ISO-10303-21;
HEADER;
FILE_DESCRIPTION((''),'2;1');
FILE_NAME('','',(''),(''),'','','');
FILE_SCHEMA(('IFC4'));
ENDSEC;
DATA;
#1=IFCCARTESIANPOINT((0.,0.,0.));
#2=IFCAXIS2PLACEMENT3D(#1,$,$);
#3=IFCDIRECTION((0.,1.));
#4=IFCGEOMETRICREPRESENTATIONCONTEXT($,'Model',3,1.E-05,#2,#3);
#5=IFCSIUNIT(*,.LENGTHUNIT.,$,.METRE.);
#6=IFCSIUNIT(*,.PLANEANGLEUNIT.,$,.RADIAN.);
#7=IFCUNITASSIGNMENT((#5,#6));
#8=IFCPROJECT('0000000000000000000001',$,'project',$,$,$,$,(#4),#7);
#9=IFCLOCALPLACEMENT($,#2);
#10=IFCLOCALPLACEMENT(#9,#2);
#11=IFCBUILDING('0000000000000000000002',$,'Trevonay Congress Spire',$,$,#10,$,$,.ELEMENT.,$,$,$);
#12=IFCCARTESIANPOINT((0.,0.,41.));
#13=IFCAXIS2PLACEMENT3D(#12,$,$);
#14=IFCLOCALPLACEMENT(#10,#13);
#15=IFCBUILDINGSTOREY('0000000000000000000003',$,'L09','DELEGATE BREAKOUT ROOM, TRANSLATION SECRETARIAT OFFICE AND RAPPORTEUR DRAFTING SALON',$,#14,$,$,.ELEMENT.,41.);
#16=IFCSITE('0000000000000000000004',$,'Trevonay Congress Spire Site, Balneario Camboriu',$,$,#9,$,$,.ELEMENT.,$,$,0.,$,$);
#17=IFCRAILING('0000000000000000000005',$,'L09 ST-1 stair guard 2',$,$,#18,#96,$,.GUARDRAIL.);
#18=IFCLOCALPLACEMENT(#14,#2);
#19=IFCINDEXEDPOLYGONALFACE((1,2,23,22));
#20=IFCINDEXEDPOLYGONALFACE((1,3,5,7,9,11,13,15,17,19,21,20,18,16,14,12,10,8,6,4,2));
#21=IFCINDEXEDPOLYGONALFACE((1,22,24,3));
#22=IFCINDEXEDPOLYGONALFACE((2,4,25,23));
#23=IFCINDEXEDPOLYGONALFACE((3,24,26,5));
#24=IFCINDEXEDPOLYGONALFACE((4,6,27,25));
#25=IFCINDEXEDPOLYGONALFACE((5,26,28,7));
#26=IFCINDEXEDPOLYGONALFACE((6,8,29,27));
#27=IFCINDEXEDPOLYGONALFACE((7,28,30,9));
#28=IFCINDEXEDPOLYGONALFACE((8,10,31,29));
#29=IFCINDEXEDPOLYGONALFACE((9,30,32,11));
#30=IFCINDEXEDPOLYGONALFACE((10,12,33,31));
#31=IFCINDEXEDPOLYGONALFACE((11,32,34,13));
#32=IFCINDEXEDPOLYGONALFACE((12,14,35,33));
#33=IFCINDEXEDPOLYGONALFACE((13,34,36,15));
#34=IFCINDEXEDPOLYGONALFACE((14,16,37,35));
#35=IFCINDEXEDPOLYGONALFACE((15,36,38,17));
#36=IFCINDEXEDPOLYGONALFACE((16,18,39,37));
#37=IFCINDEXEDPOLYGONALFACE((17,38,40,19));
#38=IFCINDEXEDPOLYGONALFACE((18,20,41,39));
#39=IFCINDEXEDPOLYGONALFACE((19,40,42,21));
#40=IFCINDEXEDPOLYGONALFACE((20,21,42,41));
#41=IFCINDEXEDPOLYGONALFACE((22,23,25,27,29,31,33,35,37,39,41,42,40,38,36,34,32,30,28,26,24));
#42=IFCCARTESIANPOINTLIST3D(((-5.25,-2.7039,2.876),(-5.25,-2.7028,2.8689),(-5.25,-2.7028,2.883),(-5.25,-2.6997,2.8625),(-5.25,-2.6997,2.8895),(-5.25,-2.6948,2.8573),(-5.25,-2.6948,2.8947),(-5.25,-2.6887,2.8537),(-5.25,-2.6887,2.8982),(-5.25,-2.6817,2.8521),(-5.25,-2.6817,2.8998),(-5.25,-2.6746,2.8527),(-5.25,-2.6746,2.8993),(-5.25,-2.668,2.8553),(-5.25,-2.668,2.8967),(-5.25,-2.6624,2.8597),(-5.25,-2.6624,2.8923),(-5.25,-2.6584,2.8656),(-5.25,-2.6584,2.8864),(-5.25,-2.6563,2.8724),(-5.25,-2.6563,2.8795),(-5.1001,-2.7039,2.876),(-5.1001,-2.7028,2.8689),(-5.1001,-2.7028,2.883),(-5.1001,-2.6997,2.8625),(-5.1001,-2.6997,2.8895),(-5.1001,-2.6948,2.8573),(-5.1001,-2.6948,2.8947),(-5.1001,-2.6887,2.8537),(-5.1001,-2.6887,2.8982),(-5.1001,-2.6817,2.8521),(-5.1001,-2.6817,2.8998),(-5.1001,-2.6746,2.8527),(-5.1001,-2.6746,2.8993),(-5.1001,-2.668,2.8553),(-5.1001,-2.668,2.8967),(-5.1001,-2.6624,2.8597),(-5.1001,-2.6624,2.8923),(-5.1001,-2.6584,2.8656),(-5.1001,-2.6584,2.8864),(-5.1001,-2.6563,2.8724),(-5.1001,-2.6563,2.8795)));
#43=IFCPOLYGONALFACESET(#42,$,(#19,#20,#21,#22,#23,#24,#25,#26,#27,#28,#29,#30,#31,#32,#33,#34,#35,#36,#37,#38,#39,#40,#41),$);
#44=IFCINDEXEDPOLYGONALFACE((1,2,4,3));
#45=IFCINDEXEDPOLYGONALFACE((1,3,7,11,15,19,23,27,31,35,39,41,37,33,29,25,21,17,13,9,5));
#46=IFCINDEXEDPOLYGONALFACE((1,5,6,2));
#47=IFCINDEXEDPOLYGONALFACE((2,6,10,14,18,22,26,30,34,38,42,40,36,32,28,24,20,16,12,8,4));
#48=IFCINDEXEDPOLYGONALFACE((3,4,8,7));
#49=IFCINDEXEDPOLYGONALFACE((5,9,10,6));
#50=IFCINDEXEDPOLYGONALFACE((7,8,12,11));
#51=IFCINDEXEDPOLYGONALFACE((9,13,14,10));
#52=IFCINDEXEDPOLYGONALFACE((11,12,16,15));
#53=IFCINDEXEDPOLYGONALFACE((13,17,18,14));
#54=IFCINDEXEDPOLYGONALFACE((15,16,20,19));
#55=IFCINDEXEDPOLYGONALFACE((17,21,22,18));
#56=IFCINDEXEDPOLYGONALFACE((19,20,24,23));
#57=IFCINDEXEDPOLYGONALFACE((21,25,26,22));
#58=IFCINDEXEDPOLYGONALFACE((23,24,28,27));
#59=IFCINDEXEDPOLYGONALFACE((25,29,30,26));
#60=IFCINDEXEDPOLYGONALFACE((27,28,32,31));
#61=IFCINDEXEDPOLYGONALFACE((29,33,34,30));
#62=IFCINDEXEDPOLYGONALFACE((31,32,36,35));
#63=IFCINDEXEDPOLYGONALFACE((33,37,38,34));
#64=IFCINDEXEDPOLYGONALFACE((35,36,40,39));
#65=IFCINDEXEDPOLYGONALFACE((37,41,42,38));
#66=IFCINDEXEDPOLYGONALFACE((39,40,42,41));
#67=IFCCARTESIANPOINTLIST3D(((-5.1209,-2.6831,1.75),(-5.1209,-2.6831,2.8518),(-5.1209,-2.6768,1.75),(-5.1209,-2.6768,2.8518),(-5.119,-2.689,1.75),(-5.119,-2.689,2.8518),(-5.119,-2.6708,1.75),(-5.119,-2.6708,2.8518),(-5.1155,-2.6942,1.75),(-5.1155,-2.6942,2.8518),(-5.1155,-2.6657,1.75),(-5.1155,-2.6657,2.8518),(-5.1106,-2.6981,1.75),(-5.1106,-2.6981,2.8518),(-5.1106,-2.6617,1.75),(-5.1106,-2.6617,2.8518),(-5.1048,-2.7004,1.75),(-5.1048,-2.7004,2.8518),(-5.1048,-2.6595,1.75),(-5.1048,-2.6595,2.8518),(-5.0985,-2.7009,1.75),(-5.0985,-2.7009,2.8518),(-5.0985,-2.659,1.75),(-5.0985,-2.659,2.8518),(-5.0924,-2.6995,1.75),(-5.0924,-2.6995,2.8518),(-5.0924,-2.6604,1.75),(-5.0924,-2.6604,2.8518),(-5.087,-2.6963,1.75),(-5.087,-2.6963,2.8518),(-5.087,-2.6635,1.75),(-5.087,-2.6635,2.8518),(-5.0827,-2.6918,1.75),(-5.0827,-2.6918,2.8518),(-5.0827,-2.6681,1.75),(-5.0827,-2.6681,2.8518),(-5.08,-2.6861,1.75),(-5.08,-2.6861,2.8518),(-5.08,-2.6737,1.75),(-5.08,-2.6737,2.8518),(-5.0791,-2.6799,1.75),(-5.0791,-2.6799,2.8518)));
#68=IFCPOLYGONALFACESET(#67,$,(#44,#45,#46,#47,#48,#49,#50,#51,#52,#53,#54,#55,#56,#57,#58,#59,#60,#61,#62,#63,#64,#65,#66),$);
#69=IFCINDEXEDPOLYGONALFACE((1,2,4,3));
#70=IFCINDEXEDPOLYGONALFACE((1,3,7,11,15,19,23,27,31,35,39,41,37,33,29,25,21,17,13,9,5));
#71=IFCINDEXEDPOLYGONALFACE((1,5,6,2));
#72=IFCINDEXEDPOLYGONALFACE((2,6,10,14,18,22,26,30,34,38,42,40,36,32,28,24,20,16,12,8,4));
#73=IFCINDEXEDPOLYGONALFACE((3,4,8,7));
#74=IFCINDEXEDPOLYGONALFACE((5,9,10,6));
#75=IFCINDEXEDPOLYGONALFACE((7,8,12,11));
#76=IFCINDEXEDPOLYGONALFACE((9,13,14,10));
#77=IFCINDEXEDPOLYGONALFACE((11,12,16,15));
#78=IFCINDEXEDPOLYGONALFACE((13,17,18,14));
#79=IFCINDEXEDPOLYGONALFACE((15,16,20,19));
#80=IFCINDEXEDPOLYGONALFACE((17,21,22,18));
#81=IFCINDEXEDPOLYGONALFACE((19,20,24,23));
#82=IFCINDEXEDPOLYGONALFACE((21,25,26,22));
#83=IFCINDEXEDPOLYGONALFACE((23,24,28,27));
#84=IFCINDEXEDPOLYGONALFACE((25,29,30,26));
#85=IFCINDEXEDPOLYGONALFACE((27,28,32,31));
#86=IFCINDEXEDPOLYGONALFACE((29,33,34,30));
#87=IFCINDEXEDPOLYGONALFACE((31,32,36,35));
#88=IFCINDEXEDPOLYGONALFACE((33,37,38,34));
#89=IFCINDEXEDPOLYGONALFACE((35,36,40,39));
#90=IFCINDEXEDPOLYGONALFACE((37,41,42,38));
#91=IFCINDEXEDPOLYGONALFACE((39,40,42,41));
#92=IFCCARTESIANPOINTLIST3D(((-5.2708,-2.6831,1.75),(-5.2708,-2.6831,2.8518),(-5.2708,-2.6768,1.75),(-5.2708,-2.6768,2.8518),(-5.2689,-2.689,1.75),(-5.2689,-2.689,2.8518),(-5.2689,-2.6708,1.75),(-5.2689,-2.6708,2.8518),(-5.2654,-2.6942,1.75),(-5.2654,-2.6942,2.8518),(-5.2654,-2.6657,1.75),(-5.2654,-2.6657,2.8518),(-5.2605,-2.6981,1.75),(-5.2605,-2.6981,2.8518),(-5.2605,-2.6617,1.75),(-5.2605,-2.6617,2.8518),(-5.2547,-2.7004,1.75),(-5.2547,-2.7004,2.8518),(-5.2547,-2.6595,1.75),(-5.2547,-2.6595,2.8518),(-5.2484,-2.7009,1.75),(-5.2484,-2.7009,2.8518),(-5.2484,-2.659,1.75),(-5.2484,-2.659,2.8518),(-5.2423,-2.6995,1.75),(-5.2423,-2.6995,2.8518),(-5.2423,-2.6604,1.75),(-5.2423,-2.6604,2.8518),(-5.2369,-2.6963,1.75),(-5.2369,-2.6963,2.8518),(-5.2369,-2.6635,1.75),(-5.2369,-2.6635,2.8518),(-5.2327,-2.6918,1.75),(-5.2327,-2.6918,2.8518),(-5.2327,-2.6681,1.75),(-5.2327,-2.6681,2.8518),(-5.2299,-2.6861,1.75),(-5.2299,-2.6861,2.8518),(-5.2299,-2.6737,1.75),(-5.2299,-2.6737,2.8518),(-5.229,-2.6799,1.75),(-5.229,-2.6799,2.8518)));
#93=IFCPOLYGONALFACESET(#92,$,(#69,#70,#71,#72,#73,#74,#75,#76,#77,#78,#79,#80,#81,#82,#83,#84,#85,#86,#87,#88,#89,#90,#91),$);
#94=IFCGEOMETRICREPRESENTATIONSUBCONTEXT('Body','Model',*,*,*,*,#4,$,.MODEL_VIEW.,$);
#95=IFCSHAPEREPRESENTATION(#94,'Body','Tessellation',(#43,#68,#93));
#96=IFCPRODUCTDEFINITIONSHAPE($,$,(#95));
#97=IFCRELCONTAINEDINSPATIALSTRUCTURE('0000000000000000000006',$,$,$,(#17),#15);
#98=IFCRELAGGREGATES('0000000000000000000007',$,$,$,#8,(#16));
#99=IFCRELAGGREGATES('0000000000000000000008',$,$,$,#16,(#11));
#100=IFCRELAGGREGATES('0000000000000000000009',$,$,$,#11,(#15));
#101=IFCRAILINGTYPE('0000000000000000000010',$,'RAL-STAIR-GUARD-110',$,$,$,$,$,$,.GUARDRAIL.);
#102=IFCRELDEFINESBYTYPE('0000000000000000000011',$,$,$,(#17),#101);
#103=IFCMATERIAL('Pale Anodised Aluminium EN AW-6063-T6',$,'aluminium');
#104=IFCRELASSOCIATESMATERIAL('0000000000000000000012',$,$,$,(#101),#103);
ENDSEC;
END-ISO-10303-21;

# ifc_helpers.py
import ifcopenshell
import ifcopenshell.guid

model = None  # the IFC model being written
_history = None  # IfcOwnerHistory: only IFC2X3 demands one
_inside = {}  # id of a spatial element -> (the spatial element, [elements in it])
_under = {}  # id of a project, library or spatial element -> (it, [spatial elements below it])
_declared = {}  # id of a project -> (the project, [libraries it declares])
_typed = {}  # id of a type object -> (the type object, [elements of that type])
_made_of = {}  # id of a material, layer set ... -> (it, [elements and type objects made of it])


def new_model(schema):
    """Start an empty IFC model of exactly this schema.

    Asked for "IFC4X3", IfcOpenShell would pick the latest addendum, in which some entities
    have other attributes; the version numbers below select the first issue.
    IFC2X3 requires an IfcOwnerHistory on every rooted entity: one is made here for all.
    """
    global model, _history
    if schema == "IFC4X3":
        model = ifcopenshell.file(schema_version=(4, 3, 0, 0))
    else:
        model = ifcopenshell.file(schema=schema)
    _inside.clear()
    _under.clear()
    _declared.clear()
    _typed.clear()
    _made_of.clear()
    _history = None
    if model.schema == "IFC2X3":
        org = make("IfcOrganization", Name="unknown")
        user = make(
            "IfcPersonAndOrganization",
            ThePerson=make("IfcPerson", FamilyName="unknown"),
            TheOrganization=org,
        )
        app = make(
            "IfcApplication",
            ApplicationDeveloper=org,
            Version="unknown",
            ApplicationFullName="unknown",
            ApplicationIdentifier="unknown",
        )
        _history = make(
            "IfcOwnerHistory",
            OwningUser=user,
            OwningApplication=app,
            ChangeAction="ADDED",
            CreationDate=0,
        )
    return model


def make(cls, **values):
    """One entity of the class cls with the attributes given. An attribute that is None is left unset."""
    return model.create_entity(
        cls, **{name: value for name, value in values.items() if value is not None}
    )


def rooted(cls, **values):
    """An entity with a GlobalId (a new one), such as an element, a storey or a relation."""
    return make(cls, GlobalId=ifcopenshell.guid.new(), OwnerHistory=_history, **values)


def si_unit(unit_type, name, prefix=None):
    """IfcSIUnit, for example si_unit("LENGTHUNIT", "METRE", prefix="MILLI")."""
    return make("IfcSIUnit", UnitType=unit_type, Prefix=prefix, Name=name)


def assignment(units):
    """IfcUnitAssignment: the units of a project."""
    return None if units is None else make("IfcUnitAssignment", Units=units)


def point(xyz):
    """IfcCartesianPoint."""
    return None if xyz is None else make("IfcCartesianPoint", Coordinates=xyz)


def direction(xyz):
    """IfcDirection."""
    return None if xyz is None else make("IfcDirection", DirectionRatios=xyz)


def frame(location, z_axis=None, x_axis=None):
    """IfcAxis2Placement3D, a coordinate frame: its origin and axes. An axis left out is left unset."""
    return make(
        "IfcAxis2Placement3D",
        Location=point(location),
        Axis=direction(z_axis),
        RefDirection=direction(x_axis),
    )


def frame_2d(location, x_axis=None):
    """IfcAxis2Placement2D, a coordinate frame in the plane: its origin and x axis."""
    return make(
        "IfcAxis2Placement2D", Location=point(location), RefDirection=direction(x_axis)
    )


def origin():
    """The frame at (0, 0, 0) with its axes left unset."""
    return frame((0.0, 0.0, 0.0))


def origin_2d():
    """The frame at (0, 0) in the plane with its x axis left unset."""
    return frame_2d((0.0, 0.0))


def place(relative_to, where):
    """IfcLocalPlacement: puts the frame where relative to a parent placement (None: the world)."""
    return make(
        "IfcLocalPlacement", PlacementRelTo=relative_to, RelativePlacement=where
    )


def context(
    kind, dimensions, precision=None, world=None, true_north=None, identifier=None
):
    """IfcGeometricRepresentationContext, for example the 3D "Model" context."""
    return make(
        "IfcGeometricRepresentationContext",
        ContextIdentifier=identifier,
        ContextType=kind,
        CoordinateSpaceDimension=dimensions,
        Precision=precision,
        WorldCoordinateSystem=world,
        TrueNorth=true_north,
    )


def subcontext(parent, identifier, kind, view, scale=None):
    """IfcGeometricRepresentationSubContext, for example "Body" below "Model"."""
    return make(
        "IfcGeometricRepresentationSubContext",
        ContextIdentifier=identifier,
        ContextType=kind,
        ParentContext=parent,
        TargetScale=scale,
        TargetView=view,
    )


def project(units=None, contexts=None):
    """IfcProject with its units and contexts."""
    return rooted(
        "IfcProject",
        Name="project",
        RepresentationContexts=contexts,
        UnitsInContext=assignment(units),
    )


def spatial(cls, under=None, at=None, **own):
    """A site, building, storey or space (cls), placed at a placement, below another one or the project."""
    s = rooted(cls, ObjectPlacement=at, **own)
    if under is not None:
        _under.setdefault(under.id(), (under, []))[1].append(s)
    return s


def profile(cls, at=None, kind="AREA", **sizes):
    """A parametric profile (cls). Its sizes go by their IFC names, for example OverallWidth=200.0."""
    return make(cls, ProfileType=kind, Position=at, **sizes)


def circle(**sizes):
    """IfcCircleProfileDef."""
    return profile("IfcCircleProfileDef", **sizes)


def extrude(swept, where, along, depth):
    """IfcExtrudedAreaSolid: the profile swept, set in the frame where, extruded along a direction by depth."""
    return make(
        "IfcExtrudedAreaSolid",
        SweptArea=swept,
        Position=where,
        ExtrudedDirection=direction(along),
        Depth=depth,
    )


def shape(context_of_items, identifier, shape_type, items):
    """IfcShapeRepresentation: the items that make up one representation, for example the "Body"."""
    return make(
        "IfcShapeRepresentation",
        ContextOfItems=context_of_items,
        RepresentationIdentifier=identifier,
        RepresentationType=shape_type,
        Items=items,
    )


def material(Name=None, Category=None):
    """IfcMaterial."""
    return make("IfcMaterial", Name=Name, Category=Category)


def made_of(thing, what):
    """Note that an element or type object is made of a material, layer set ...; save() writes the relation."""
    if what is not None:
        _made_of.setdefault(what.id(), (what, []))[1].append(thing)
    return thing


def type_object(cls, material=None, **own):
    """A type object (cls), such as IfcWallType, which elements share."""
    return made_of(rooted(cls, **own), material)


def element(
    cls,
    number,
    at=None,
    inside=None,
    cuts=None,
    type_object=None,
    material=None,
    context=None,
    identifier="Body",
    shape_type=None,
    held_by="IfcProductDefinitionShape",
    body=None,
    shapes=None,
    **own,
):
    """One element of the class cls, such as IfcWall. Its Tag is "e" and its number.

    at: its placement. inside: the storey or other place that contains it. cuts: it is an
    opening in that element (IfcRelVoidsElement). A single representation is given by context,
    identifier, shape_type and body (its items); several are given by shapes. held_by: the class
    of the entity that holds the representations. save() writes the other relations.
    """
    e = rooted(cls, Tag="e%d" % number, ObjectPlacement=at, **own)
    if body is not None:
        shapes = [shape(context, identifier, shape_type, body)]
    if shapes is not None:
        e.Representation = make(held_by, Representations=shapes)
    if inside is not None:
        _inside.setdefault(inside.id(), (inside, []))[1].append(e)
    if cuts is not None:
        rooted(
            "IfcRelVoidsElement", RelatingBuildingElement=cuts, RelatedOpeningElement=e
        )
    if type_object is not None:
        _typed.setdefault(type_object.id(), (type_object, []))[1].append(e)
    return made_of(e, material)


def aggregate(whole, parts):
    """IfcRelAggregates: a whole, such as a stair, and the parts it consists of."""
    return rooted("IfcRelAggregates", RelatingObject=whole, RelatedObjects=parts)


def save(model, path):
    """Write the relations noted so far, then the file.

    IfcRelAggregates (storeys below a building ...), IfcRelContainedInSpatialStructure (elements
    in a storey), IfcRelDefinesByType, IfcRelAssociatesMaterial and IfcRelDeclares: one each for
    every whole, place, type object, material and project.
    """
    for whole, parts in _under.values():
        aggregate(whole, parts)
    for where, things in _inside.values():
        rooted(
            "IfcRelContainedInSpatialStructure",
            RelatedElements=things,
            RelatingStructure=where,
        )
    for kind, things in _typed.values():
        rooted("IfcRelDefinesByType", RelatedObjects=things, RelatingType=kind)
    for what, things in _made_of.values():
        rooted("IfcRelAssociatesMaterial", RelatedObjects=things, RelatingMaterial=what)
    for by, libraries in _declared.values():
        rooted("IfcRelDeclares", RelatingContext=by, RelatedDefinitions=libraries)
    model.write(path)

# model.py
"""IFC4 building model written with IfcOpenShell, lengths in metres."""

from ifc_helpers import new_model, si_unit, direction, frame, origin, origin_2d, place, context, subcontext, project, spatial, circle, extrude, material, type_object, element, save


model = new_model("IFC4")

# Units and contexts
model_context = context("Model", 3, precision=1e-05, world=origin(), true_north=direction((0.0, 1.0)))
body_context = subcontext(model_context, "Body", "Model", "MODEL_VIEW")
ifc_project = project(units=[si_unit("LENGTHUNIT", "METRE"), si_unit("PLANEANGLEUNIT", "RADIAN")], contexts=[model_context])

# Site, building, storey
site_placement = place(None, origin())
site = spatial("IfcSite", under=ifc_project, at=site_placement, Name="Trevonay Congress Spire Site, Balneario Camboriu", CompositionType="ELEMENT", RefElevation=0.0)
building_placement = place(site_placement, origin())
building = spatial("IfcBuilding", under=site, at=building_placement, Name="Trevonay Congress Spire", CompositionType="ELEMENT")
storey_placement = place(building_placement, frame((0.0, 0.0, 41.0)))
storey = spatial("IfcBuildingStorey", under=building, at=storey_placement, Name="L09", Description="DELEGATE BREAKOUT ROOM, TRANSLATION SECRETARIAT OFFICE AND RAPPORTEUR DRAFTING SALON", CompositionType="ELEMENT", Elevation=41.0)

# Shared definitions
ifc_material_1 = material(Name="Pale Anodised Aluminium EN AW-6063-T6", Category="aluminium")

# Railing
railing_type_1 = type_object("IfcRailingType", Name="RAL-STAIR-GUARD-110", PredefinedType="GUARDRAIL", material=ifc_material_1)
railing_1_placement = place(storey_placement, frame((-5.1001, -2.6799, 1.75)))
element("IfcRailing", 1, at=railing_1_placement, inside=storey, type_object=railing_type_1, Name="L09 ST-1 stair guard 2", PredefinedType="GUARDRAIL", context=body_context, shape_type="SweptSolid", body=[
    extrude(circle(Radius=0.0239, at=origin_2d()), frame((0.0, 0.0, 1.126), z_axis=(-1.0, 0.0, 0.0), x_axis=(0.0, -1.0, 0.0)), (0.0, 0.0, 1.0), 0.1499),
    extrude(circle(Radius=0.021, at=origin_2d()), origin(), (0.0, 0.0, 1.0), 1.1018),
    extrude(circle(Radius=0.021, at=origin_2d()), frame((-0.1499, 0.0, 0.0)), (0.0, 0.0, 1.0), 1.1018),
])

save(model, "model.ifc")
